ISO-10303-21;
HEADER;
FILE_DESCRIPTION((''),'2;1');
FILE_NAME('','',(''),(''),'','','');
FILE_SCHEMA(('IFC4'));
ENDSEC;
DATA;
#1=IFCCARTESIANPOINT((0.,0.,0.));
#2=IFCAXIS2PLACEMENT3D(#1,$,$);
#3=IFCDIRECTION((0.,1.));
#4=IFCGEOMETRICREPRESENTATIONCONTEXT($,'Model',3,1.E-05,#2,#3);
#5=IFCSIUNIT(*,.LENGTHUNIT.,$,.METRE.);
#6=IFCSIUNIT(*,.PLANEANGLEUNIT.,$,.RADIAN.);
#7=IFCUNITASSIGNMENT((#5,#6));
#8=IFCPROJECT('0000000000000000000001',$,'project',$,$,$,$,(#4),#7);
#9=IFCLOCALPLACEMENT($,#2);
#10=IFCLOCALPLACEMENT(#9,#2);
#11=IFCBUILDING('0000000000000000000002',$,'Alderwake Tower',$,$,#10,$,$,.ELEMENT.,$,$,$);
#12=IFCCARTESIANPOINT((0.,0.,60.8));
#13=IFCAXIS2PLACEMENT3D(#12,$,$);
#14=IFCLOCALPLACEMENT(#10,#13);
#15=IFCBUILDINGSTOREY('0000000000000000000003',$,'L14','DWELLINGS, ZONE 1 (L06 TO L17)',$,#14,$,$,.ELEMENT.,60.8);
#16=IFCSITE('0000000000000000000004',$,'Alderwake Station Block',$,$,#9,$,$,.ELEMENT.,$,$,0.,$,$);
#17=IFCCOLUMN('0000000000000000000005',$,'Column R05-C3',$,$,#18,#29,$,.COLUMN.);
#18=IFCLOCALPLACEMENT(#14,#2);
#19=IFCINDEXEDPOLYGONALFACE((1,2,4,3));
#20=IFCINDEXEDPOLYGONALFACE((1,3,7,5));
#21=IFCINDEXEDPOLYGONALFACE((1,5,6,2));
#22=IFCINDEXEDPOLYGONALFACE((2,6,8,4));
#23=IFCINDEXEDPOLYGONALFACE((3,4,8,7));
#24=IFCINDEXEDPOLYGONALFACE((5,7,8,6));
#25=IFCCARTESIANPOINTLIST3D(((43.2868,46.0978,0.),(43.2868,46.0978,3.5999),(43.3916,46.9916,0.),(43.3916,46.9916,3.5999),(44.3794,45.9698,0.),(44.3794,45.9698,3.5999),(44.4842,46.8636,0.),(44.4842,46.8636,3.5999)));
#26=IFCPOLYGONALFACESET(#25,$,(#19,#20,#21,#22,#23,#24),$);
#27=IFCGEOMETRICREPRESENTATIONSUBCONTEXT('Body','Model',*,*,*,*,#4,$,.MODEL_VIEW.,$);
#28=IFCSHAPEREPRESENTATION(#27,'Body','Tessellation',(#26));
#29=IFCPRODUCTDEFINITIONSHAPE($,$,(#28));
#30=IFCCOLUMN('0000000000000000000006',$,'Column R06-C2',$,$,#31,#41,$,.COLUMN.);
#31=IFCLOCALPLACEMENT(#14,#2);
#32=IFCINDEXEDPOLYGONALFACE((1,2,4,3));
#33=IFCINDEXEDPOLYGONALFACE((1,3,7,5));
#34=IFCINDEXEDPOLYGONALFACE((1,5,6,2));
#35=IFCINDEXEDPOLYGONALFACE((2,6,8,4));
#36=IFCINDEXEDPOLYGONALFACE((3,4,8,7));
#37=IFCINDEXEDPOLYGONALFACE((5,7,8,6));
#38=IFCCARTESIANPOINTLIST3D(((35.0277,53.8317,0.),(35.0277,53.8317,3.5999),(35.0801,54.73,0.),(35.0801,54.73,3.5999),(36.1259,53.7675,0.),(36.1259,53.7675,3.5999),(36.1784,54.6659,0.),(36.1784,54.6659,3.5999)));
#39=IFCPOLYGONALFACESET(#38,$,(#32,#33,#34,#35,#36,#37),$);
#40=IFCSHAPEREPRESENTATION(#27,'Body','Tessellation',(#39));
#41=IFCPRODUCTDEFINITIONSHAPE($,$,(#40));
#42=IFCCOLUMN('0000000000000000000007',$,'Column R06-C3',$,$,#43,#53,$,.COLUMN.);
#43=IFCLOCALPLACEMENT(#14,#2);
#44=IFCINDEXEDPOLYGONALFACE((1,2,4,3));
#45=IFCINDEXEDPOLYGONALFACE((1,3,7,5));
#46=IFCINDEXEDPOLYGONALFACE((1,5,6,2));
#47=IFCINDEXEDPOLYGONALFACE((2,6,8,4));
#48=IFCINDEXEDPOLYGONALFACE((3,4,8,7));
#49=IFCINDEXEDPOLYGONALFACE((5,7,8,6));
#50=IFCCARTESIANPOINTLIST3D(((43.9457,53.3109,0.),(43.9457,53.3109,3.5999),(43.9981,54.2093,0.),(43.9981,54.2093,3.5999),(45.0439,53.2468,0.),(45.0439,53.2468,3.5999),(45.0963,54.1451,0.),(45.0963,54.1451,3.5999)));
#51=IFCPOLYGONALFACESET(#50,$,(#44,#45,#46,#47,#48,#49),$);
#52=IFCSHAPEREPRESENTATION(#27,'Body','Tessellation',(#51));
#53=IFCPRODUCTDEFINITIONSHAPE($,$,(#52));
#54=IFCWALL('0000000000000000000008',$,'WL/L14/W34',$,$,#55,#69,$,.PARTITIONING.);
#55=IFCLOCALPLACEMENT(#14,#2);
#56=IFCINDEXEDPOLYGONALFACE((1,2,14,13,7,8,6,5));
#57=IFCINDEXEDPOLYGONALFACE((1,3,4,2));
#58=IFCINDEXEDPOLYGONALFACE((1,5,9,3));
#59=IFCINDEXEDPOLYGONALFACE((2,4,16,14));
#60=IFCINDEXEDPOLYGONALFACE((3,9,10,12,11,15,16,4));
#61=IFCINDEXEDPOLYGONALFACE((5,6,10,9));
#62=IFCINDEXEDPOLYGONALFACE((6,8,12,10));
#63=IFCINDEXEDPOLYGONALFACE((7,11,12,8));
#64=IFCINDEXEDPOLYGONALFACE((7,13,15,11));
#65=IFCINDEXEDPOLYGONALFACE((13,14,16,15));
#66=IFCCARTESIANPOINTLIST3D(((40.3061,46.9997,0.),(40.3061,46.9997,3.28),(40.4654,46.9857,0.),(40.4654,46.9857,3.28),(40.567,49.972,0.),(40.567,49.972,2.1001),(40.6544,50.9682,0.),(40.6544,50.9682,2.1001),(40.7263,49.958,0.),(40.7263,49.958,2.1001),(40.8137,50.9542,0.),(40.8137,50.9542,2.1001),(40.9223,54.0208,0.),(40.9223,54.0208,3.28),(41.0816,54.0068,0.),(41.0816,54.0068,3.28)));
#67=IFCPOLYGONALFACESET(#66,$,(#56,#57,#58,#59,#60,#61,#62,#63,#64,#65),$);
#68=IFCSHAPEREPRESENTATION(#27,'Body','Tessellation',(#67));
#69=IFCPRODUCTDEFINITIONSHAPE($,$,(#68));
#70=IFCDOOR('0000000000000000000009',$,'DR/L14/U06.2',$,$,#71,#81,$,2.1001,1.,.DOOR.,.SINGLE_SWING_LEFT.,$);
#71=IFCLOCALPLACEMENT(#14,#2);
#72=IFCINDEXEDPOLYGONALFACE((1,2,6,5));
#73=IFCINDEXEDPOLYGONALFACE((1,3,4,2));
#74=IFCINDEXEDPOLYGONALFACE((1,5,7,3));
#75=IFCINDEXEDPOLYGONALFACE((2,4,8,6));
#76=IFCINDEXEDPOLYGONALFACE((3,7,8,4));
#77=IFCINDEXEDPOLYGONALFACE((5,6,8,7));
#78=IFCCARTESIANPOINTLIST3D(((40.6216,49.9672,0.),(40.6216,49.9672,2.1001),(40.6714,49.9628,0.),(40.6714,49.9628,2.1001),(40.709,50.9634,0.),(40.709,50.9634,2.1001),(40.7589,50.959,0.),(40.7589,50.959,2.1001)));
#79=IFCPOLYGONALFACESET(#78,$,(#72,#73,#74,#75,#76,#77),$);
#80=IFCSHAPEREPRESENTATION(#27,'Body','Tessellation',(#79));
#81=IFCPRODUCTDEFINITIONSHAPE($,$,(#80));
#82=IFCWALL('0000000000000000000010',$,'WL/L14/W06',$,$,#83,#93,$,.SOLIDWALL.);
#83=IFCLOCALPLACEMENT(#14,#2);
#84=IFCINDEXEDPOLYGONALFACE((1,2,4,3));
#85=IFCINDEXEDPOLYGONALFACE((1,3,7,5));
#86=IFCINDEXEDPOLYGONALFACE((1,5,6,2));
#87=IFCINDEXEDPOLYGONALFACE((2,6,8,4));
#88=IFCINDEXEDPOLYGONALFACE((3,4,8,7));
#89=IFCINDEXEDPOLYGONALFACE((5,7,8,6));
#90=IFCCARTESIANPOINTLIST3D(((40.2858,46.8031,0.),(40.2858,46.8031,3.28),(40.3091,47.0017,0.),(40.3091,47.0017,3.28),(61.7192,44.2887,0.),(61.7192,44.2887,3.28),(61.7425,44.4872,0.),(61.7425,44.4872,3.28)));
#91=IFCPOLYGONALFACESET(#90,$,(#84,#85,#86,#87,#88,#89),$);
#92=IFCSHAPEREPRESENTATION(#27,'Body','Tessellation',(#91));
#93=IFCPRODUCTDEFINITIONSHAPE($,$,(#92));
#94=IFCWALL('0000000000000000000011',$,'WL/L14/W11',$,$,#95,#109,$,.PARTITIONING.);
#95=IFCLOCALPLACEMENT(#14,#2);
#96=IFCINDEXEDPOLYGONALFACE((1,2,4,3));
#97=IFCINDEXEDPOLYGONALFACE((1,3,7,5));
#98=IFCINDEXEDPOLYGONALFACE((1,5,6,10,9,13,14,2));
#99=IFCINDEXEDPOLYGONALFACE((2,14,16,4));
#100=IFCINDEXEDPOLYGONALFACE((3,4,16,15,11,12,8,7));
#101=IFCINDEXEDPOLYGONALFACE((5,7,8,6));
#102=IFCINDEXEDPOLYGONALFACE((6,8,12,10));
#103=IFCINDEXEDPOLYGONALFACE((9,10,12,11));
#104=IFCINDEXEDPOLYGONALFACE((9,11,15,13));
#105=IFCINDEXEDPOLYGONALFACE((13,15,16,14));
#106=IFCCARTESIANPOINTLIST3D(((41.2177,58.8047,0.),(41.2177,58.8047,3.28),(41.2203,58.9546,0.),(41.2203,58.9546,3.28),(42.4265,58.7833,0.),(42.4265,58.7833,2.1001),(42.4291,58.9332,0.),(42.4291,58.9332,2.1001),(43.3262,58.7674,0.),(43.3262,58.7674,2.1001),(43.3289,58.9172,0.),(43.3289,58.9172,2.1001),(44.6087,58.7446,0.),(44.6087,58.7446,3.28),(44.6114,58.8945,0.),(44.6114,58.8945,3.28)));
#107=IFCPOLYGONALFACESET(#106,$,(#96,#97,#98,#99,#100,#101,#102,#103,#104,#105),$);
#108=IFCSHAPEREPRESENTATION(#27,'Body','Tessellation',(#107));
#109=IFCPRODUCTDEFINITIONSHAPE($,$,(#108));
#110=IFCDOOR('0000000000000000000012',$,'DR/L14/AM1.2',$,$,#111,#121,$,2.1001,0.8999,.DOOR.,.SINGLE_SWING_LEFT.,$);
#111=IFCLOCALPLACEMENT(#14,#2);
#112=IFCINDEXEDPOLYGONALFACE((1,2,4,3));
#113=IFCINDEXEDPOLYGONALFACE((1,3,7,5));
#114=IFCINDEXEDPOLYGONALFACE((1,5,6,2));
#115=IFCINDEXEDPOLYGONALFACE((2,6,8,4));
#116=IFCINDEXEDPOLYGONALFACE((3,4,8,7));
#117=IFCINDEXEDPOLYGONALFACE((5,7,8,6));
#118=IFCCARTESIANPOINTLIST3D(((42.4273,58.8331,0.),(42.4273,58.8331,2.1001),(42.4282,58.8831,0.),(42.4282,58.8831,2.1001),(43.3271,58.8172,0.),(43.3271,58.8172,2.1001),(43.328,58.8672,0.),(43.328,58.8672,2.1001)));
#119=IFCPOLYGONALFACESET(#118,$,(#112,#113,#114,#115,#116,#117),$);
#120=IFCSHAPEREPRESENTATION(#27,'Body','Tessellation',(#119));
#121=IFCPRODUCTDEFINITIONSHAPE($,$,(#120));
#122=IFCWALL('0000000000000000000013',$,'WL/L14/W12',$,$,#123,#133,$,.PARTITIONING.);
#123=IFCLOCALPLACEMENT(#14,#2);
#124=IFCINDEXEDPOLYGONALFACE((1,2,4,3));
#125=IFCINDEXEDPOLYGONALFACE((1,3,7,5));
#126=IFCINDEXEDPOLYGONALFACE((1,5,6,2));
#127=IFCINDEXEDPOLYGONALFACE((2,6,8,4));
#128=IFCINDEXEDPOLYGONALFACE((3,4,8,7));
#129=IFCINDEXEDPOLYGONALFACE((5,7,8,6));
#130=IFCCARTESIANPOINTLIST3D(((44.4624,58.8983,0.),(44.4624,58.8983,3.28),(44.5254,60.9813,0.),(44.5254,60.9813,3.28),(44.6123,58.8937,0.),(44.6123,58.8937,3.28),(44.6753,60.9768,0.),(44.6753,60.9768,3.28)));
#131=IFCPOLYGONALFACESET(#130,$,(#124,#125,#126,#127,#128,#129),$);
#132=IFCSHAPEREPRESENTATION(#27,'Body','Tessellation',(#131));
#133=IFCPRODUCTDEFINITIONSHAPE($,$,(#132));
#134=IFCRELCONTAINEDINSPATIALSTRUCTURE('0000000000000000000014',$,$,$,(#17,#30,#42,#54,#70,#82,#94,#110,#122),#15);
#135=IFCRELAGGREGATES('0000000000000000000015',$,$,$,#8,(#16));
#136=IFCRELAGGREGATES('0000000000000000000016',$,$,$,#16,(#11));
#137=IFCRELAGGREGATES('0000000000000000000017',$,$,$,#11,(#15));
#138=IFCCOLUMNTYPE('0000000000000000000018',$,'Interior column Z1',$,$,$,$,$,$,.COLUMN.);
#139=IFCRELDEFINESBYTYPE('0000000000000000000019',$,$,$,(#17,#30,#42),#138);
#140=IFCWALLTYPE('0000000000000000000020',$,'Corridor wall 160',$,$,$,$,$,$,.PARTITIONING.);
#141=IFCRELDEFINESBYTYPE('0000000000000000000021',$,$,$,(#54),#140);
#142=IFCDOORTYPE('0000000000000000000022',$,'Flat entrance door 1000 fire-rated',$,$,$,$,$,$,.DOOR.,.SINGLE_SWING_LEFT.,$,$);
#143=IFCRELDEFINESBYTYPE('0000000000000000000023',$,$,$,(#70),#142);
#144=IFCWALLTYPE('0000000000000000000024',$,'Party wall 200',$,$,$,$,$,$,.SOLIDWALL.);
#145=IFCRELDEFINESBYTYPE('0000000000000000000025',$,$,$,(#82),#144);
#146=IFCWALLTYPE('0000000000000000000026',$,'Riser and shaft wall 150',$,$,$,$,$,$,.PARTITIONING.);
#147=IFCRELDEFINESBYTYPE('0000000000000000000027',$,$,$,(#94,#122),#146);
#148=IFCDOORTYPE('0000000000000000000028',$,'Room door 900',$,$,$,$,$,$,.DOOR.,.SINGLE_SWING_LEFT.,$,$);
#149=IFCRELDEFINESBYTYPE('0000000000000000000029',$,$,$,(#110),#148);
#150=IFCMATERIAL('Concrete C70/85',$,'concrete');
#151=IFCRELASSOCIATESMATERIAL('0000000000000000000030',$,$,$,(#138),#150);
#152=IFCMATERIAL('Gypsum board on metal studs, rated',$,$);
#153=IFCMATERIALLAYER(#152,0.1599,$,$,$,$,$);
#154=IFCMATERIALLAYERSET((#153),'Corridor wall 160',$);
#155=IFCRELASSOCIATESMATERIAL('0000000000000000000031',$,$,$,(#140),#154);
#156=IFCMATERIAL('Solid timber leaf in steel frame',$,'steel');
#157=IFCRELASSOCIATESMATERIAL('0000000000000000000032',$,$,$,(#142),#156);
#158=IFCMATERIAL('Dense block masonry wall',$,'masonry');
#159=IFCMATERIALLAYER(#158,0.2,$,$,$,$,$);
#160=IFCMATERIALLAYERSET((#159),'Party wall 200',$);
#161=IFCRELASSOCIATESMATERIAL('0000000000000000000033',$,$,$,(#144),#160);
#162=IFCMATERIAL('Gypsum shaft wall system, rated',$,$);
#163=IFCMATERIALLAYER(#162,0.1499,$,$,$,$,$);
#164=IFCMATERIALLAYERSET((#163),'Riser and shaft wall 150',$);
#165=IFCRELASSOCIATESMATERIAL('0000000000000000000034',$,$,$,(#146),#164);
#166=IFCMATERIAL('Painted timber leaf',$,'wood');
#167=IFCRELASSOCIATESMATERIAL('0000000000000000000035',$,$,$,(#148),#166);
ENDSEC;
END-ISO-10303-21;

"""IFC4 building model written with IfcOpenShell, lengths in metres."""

from ifc_helpers import new_model, si_unit, direction, frame, frame_2d, origin, origin_2d, place, context, subcontext, project, spatial, rectangle, extrude, material, layer, layer_set, material_profile, profile_set, type_object, element, fill, save


model = new_model("IFC4")

# Units and contexts
model_context = context("Model", 3, precision=1e-05, world=origin(), true_north=direction((0.0, 1.0)))
body_context = subcontext(model_context, "Body", "Model", "MODEL_VIEW")
ifc_project = project(units=[si_unit("LENGTHUNIT", "METRE"), si_unit("PLANEANGLEUNIT", "RADIAN")], contexts=[model_context])

# Site, building, storey
site_placement = place(None, origin())
site = spatial("IfcSite", under=ifc_project, at=site_placement, Name="Alderwake Station Block", CompositionType="ELEMENT", RefElevation=0.0)
building_placement = place(site_placement, origin())
building = spatial("IfcBuilding", under=site, at=building_placement, Name="Alderwake Tower", CompositionType="ELEMENT")
storey_placement = place(building_placement, frame((0.0, 0.0, 60.8)))
storey = spatial("IfcBuildingStorey", under=building, at=storey_placement, Name="L14", Description="DWELLINGS, ZONE 1 (L06 TO L17)", CompositionType="ELEMENT", Elevation=60.8)

# Columns
ifc_material_1 = material(Name="Concrete C70/85", Category="concrete")
ifc_material_profile = material_profile(ifc_material_1, rectangle(XDim=0.8999, YDim=1.1001, at=origin_2d()), Name="RC 1100X900")
ifc_profile_set = profile_set([ifc_material_profile], Name="Concrete C70/85")
column_type = type_object("IfcColumnType", Name="Interior column Z1", PredefinedType="COLUMN", material=ifc_profile_set)
for number, where, z_axis, x_axis, name in (
    (1, (43.8855, 46.4807, 0.0), (0.0, 0.0, 1.0), (0.116402, 0.993202, 0.0), "Column R05-C3"),
    (2, (35.603, 54.2488, 0.0), (0.0, 0.0, 1.0), (0.058301, 0.998299, 0.0), "Column R06-C2"),
    (3, (44.521, 53.728, 0.0), (0.0, 0.0, 1.0), (0.058301, 0.998299, 0.0), "Column R06-C3"),
):
    element("IfcColumn", number, at=place(storey_placement, frame(where, z_axis=z_axis, x_axis=x_axis)), inside=storey, type_object=column_type, Name=name, PredefinedType="COLUMN", context=body_context, shape_type="SweptSolid", body=[
        extrude(rectangle(XDim=0.8999, YDim=1.1001, at=origin_2d()), origin(), (0.0, 0.0, 1.0), 3.5999),
    ])

# Wall, opening, door
ifc_material_2 = material(Name="Gypsum board on metal studs, rated")
ifc_layer_1 = layer(ifc_material_2, 0.1599)
ifc_layer_set_1 = layer_set([ifc_layer_1], Name="Corridor wall 160")
wall_type_1 = type_object("IfcWallType", Name="Corridor wall 160", PredefinedType="PARTITIONING", material=ifc_layer_set_1)
wall_1_placement = place(storey_placement, frame((41.002, 54.0137, 0.0), z_axis=(0.0, 0.0, 1.0), x_axis=(-0.087431, -0.996171, 0.0)))
wall_1 = element("IfcWall", 4, at=wall_1_placement, inside=storey, type_object=wall_type_1, Name="WL/L14/W34", PredefinedType="PARTITIONING", context=body_context, shape_type="SweptSolid", body=[
    extrude(rectangle(XDim=7.0481, YDim=0.1599, at=frame_2d((3.5239, 0.0))), origin(), (0.0, 0.0, 1.0), 3.28),
])
opening_1_placement = place(wall_1_placement, frame((3.0642, 0.0, 0.0)))
opening_1 = element("IfcOpeningElement", 5, at=opening_1_placement, cuts=wall_1, PredefinedType="OPENING", context=body_context, shape_type="SweptSolid", body=[
    extrude(rectangle(XDim=1.0, YDim=2.1001, at=frame_2d((0.5, 1.05))), frame((0.0, 0.0898, 0.0), z_axis=(0.0, -1.0, 0.0), x_axis=(1.0, 0.0, 0.0)), (0.0, 0.0, 1.0), 0.1799),
])
ifc_material_3 = material(Name="Solid timber leaf in steel frame", Category="steel")
door_type_1 = type_object("IfcDoorType", Name="Flat entrance door 1000 fire-rated", OperationType="SINGLE_SWING_LEFT", PredefinedType="DOOR", material=ifc_material_3)
door_1_placement = place(opening_1_placement, origin())
door_1 = element("IfcDoor", 6, at=door_1_placement, inside=storey, type_object=door_type_1, Name="DR/L14/U06.2", OperationType="SINGLE_SWING_LEFT", OverallHeight=2.1001, OverallWidth=1.0, PredefinedType="DOOR", context=body_context, shape_type="SweptSolid", body=[
    extrude(rectangle(XDim=1.0, YDim=2.1001, at=frame_2d((0.5, 1.05))), frame((0.0, 0.0249, 0.0), z_axis=(0.0, -1.0, 0.0), x_axis=(1.0, 0.0, 0.0)), (0.0, 0.0, 1.0), 0.05),
])
fill(opening_1, door_1)

# Wall
ifc_material_4 = material(Name="Dense block masonry wall", Category="masonry")
ifc_layer_2 = layer(ifc_material_4, 0.2)
ifc_layer_set_2 = layer_set([ifc_layer_2], Name="Party wall 200")
wall_type_2 = type_object("IfcWallType", Name="Party wall 200", PredefinedType="SOLIDWALL", material=ifc_layer_set_2)
wall_2_placement = place(storey_placement, frame((40.2976, 46.9023, 0.0), z_axis=(0.0, 0.0, 1.0), x_axis=(0.993189, -0.116514, 0.0)))
element("IfcWall", 7, at=wall_2_placement, inside=storey, type_object=wall_type_2, Name="WL/L14/W06", PredefinedType="SOLIDWALL", context=body_context, shape_type="SweptSolid", body=[
    extrude(rectangle(XDim=21.5803, YDim=0.2, at=frame_2d((10.79, 0.0))), origin(), (0.0, 0.0, 1.0), 3.28),
])

# Wall, opening, door
ifc_material_5 = material(Name="Gypsum shaft wall system, rated")
ifc_layer_3 = layer(ifc_material_5, 0.1499)
ifc_layer_set_3 = layer_set([ifc_layer_3], Name="Riser and shaft wall 150")
wall_type_3 = type_object("IfcWallType", Name="Riser and shaft wall 150", PredefinedType="PARTITIONING", material=ifc_layer_set_3)
wall_3_placement = place(storey_placement, frame((41.219, 58.8796, 0.0), z_axis=(0.0, 0.0, 1.0), x_axis=(0.999843, -0.017708, 0.0)))
wall_3 = element("IfcWall", 8, at=wall_3_placement, inside=storey, type_object=wall_type_3, Name="WL/L14/W11", PredefinedType="PARTITIONING", context=body_context, shape_type="SweptSolid", body=[
    extrude(rectangle(XDim=3.3916, YDim=0.1499, at=frame_2d((1.6958, 0.0))), origin(), (0.0, 0.0, 1.0), 3.28),
])
opening_2_placement = place(wall_3_placement, frame((1.209, 0.0, 0.0)))
opening_2 = element("IfcOpeningElement", 9, at=opening_2_placement, cuts=wall_3, PredefinedType="OPENING", context=body_context, shape_type="SweptSolid", body=[
    extrude(rectangle(XDim=0.8999, YDim=2.1001, at=frame_2d((0.45, 1.05))), frame((0.0, 0.085, 0.0), z_axis=(0.0, -1.0, 0.0), x_axis=(1.0, 0.0, 0.0)), (0.0, 0.0, 1.0), 0.1699),
])
ifc_material_6 = material(Name="Painted timber leaf", Category="wood")
door_type_2 = type_object("IfcDoorType", Name="Room door 900", OperationType="SINGLE_SWING_LEFT", PredefinedType="DOOR", material=ifc_material_6)
door_2_placement = place(opening_2_placement, origin())
door_2 = element("IfcDoor", 10, at=door_2_placement, inside=storey, type_object=door_type_2, Name="DR/L14/AM1.2", OperationType="SINGLE_SWING_LEFT", OverallHeight=2.1001, OverallWidth=0.8999, PredefinedType="DOOR", context=body_context, shape_type="SweptSolid", body=[
    extrude(rectangle(XDim=0.8999, YDim=2.1001, at=frame_2d((0.45, 1.05))), frame((0.0, 0.0249, 0.0), z_axis=(0.0, -1.0, 0.0), x_axis=(1.0, 0.0, 0.0)), (0.0, 0.0, 1.0), 0.05),
])
fill(opening_2, door_2)

# Wall
wall_4_placement = place(storey_placement, frame((44.5374, 58.896, 0.0), z_axis=(0.0, 0.0, 1.0), x_axis=(0.030225, 0.999543, 0.0)))
element("IfcWall", 11, at=wall_4_placement, inside=storey, type_object=wall_type_3, Name="WL/L14/W12", PredefinedType="PARTITIONING", context=body_context, shape_type="SweptSolid", body=[
    extrude(rectangle(XDim=2.084, YDim=0.1499, at=frame_2d((1.042, 0.0))), origin(), (0.0, 0.0, 1.0), 3.28),
])

save(model, "model.ifc")
